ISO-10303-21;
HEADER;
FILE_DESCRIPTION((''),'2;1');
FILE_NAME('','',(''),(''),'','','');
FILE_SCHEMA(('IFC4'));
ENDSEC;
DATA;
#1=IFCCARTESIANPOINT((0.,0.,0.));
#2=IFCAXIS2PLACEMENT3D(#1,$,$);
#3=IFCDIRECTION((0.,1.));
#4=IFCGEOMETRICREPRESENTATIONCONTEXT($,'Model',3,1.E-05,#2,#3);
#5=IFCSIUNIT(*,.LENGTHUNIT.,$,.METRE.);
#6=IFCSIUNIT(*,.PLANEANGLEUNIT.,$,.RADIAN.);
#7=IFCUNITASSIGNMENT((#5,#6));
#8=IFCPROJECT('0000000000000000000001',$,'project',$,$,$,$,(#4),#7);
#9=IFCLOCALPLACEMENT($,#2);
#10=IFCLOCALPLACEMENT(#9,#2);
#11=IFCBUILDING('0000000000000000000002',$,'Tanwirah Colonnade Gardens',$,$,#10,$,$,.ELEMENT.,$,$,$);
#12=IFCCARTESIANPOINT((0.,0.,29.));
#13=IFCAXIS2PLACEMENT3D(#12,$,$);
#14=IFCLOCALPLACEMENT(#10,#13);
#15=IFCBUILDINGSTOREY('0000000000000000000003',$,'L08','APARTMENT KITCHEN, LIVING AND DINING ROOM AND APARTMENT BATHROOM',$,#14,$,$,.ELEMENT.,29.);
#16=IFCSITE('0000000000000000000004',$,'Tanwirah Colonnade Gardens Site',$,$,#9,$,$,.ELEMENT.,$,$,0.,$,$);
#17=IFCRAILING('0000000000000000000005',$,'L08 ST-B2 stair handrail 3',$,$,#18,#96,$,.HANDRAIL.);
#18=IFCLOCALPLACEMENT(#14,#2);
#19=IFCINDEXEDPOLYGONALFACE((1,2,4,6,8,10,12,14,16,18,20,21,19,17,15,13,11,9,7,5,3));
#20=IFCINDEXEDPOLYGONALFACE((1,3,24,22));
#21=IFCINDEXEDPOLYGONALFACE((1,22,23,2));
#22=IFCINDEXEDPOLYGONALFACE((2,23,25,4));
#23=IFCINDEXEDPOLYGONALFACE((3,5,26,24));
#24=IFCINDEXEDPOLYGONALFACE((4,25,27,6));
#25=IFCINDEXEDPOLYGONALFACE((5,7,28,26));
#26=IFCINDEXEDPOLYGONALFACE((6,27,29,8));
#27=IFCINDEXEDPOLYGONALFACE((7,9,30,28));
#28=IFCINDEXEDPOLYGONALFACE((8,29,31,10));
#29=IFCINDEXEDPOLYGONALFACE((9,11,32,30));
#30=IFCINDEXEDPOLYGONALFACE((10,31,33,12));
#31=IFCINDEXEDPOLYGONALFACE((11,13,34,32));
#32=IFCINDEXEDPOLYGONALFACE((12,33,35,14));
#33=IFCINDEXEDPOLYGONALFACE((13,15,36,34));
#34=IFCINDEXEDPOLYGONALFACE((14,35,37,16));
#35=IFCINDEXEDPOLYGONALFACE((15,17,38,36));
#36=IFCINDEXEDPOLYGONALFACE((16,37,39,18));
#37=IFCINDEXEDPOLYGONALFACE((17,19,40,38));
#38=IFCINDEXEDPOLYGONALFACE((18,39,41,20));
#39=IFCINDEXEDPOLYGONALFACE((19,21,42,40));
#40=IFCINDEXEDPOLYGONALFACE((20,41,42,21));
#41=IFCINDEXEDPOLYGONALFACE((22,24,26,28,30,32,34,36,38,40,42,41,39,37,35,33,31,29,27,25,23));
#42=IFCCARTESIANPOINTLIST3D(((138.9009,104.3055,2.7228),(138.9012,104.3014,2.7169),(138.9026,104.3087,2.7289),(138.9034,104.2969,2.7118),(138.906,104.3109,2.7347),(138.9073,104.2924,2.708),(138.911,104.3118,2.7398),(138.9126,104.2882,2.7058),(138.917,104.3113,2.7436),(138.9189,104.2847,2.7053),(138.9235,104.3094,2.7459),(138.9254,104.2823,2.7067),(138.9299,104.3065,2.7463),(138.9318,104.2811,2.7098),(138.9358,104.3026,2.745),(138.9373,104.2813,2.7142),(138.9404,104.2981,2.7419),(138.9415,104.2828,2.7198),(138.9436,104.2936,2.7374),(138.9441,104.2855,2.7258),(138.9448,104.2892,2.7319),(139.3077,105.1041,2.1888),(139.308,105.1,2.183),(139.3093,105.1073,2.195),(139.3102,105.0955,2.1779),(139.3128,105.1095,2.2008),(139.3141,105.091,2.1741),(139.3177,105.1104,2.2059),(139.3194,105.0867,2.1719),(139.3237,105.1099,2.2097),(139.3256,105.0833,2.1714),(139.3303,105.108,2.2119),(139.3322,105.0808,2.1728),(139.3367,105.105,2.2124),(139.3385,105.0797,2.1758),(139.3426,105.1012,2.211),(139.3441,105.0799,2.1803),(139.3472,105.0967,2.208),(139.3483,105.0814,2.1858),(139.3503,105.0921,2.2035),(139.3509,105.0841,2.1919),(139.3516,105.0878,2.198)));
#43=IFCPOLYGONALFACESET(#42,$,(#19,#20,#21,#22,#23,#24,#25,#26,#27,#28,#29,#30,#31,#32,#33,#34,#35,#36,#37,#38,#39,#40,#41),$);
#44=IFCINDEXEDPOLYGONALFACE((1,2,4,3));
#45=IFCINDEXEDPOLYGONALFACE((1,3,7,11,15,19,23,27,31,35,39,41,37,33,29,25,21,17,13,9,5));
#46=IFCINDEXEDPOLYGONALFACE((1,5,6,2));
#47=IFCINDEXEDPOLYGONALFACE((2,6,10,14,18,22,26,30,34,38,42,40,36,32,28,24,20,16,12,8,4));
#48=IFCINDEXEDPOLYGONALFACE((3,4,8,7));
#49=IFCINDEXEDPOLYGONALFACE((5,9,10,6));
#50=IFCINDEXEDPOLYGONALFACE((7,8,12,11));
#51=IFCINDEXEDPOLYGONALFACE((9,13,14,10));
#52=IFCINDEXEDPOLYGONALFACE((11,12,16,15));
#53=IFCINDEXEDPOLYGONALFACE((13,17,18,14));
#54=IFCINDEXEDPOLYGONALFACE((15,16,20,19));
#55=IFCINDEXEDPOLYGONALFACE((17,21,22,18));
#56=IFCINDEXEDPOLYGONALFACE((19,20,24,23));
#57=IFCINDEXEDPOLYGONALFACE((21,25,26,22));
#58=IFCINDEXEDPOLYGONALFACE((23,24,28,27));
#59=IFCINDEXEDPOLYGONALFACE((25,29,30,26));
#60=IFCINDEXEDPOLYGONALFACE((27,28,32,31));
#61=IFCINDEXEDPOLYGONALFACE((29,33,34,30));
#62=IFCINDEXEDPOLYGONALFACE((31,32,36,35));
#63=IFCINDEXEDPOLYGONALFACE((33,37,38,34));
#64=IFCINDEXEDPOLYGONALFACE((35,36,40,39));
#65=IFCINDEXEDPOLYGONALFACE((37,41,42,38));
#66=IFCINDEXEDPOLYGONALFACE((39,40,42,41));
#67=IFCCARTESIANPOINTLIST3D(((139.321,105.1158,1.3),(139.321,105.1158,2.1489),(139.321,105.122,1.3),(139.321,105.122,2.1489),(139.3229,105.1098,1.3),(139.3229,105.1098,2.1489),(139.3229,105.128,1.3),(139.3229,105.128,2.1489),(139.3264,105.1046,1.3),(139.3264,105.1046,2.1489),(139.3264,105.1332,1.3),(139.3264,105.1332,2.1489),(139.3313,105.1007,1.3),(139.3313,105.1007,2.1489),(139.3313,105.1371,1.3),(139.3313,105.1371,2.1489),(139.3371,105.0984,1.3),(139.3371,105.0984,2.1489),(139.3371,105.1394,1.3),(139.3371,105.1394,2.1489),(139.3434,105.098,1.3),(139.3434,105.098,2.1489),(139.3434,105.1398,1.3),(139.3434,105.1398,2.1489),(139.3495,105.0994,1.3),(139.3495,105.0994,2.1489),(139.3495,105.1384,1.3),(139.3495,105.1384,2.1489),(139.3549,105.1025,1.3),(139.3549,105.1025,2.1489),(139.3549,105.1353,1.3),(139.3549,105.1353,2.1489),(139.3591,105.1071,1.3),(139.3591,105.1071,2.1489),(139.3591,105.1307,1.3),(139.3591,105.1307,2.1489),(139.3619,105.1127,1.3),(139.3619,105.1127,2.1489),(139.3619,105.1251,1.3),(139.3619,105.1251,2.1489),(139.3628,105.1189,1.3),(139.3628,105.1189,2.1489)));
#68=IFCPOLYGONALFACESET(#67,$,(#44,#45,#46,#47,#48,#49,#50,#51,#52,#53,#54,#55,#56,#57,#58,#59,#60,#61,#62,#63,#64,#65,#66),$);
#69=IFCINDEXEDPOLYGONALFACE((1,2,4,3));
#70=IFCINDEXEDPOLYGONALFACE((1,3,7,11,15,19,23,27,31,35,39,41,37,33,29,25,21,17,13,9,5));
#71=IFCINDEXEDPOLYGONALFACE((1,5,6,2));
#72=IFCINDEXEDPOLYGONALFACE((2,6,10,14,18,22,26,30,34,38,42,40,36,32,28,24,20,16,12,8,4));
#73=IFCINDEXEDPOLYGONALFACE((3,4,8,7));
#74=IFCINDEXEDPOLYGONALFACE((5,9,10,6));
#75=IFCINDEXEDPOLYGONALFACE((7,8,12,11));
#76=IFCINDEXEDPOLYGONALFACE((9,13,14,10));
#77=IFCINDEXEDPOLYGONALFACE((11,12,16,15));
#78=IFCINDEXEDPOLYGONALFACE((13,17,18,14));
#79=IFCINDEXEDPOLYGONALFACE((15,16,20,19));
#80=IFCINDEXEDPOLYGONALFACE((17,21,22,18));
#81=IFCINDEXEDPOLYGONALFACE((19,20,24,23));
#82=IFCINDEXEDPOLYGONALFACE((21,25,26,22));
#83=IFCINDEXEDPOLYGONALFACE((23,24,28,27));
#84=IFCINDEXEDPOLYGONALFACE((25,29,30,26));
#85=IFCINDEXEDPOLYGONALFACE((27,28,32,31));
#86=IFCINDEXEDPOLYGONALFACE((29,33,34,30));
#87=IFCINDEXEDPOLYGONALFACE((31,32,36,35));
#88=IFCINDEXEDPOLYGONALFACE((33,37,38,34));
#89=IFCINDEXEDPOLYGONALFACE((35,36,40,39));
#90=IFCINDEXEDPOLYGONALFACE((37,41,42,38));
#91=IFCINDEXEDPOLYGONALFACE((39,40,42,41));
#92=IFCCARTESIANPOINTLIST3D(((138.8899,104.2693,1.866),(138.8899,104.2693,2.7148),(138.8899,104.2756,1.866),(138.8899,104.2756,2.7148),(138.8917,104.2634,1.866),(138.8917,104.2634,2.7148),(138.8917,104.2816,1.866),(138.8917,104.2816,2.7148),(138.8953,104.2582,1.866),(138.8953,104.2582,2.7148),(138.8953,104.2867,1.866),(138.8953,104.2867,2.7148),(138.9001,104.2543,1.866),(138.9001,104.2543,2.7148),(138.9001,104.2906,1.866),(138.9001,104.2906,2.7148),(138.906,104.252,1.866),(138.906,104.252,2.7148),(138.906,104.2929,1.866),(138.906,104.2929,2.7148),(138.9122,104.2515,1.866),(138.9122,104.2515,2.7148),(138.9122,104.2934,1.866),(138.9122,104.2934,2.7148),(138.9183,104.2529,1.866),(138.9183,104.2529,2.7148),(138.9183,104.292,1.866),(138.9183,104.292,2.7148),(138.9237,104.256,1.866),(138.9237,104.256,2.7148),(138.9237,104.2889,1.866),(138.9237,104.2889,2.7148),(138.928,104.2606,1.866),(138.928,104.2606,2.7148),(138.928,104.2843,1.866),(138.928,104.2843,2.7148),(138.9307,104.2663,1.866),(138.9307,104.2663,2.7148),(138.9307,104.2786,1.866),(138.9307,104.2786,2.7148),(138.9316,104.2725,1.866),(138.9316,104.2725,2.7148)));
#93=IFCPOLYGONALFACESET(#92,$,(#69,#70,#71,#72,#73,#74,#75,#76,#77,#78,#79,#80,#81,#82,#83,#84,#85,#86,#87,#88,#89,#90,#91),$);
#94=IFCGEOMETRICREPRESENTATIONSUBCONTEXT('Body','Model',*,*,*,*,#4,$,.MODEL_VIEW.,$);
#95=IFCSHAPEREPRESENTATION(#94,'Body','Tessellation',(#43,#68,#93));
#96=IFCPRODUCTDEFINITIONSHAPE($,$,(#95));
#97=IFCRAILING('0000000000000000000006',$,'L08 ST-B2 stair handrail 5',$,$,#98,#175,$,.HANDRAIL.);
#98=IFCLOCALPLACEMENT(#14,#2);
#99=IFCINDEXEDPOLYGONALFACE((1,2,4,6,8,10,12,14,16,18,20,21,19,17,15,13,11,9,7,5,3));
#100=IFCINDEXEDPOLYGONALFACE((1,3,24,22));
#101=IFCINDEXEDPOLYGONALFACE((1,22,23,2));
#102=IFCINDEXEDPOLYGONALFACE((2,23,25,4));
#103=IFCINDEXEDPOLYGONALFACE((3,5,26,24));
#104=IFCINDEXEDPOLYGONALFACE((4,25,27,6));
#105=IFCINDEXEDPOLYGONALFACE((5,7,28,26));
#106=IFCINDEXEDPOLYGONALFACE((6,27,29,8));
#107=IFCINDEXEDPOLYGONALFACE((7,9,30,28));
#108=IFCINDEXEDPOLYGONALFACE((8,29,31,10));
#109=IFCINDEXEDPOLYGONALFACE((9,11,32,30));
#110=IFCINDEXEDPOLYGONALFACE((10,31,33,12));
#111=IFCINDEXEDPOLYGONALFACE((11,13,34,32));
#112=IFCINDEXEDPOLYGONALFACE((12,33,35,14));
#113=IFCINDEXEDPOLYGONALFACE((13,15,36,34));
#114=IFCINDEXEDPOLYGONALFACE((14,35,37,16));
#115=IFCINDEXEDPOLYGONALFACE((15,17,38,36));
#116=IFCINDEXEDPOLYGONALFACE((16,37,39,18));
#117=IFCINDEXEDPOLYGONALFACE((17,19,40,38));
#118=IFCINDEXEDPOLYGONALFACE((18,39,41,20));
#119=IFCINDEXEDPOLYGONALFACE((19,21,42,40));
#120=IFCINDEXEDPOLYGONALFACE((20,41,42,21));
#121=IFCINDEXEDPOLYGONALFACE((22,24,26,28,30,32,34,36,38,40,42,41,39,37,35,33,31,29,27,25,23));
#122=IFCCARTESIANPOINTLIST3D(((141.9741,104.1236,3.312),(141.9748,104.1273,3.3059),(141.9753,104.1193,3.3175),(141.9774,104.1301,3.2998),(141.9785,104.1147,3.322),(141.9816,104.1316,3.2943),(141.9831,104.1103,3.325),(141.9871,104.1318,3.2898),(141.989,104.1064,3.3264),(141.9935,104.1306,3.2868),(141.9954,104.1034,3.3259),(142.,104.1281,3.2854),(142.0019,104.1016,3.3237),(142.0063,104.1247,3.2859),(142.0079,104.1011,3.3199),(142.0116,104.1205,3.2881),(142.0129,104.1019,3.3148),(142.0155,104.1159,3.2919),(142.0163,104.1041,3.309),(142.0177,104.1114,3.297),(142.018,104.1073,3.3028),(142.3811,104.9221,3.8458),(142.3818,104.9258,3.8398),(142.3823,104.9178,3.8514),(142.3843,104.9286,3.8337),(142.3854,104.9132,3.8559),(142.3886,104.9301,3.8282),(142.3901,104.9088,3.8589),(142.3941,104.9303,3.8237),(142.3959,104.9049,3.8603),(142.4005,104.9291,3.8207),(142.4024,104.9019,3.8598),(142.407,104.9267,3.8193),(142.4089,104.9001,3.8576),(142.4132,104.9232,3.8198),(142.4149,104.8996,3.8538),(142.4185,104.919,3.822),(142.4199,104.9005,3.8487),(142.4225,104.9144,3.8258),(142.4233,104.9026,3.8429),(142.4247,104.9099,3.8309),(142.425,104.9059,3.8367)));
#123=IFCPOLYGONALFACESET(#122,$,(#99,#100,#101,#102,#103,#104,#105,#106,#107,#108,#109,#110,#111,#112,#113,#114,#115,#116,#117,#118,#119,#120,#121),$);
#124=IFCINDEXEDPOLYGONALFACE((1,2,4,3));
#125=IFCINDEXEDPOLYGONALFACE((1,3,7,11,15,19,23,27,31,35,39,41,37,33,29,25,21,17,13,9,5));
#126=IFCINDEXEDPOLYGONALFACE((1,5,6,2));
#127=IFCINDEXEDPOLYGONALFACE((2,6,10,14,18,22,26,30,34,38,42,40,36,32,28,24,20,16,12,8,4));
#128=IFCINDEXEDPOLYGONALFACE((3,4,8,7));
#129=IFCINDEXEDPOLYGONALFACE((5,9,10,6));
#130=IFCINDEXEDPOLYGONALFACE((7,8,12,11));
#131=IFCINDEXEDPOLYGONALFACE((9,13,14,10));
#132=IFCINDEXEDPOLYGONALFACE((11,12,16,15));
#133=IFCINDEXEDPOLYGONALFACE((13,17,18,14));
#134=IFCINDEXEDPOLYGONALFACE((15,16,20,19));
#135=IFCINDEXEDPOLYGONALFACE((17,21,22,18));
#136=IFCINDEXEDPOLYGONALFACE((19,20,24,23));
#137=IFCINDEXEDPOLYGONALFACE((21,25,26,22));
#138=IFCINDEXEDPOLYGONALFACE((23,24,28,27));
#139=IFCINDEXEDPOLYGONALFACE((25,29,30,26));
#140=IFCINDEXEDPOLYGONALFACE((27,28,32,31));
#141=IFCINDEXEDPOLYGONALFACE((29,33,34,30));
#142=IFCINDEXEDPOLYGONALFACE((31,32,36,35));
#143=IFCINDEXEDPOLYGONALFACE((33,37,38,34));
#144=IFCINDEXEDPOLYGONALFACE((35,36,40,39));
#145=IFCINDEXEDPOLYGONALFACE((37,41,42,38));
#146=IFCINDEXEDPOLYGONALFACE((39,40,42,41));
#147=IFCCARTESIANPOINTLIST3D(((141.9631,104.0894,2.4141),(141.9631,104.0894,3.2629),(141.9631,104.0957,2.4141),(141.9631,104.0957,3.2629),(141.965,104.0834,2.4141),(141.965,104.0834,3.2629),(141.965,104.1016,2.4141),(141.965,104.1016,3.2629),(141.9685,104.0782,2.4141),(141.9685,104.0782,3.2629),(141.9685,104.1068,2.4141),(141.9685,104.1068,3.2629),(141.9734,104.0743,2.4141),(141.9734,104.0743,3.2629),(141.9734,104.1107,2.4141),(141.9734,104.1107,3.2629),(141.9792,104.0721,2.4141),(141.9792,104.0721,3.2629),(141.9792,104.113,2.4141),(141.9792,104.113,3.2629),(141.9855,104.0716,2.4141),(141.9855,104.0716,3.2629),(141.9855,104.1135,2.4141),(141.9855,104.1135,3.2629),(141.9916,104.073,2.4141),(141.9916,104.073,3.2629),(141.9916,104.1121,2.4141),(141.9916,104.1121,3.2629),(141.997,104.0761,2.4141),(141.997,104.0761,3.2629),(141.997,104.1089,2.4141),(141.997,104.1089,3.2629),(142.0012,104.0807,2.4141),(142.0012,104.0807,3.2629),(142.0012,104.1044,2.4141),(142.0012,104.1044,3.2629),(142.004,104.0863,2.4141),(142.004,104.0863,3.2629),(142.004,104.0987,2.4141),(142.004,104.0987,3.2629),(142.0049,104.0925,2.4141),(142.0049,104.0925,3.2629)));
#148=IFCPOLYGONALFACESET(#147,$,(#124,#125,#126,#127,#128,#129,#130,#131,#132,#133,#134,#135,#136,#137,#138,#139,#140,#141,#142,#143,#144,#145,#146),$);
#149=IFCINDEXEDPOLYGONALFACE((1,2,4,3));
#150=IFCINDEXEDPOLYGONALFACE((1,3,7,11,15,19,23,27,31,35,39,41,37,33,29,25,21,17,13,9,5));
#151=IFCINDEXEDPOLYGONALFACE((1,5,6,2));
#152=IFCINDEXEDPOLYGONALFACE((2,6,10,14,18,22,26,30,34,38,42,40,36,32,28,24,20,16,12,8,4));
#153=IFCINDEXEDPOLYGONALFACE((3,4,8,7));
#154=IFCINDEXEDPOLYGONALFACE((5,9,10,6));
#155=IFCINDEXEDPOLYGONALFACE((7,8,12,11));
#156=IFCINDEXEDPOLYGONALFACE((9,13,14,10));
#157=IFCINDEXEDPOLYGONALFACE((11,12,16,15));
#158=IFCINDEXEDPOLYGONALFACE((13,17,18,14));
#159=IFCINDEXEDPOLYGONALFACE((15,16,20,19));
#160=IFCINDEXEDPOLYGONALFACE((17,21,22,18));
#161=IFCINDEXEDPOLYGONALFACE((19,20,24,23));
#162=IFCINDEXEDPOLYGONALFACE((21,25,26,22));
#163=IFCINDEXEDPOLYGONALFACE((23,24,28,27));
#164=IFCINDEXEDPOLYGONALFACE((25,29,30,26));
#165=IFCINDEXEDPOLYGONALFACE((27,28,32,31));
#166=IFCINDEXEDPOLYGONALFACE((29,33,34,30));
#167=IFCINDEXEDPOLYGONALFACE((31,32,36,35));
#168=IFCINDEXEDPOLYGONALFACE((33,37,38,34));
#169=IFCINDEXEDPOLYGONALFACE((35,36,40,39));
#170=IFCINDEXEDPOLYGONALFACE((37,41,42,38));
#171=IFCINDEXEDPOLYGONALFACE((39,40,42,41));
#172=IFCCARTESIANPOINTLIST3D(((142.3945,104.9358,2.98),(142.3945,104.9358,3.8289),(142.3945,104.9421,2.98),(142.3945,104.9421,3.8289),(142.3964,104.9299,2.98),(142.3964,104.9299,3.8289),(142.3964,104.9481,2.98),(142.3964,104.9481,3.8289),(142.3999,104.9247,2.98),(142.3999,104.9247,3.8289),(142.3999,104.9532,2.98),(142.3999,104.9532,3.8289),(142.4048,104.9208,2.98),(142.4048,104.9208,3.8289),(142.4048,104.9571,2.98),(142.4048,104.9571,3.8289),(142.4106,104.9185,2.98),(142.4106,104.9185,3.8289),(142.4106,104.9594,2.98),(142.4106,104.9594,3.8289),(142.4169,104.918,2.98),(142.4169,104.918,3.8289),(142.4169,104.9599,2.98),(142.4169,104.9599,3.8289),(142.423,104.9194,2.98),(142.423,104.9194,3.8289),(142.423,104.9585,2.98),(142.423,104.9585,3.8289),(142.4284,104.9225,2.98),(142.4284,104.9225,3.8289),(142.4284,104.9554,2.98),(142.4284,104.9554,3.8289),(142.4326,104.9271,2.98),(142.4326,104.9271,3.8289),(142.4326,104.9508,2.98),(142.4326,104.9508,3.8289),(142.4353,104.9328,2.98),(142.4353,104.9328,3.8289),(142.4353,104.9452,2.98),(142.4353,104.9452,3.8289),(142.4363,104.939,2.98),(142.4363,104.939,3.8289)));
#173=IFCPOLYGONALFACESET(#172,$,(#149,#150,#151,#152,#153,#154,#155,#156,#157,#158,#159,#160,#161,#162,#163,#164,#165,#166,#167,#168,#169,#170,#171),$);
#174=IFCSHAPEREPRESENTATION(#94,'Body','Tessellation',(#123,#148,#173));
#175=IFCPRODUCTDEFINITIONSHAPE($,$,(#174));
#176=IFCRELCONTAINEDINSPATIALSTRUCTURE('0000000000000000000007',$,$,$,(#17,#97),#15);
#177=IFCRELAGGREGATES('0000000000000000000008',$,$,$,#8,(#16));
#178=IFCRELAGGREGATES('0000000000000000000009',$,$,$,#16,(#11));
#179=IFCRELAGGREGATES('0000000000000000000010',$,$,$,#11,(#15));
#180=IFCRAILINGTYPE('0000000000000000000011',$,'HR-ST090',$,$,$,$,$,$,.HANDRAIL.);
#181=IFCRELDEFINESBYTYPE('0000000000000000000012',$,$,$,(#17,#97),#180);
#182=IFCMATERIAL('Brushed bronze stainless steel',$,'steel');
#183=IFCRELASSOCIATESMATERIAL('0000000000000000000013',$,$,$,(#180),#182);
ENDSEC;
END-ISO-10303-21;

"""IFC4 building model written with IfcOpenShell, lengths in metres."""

from ifc_helpers import new_model, si_unit, direction, frame, origin, origin_2d, place, context, subcontext, project, spatial, circle, extrude, material, type_object, element, save


model = new_model("IFC4")

# Units and contexts
model_context = context("Model", 3, precision=1e-05, world=origin(), true_north=direction((0.0, 1.0)))
body_context = subcontext(model_context, "Body", "Model", "MODEL_VIEW")
ifc_project = project(units=[si_unit("LENGTHUNIT", "METRE"), si_unit("PLANEANGLEUNIT", "RADIAN")], contexts=[model_context])

# Site, building, storey
site_placement = place(None, origin())
site = spatial("IfcSite", under=ifc_project, at=site_placement, Name="Tanwirah Colonnade Gardens Site", CompositionType="ELEMENT", RefElevation=0.0)
building_placement = place(site_placement, origin())
building = spatial("IfcBuilding", under=site, at=building_placement, Name="Tanwirah Colonnade Gardens", CompositionType="ELEMENT")
storey_placement = place(building_placement, frame((0.0, 0.0, 29.0)))
storey = spatial("IfcBuildingStorey", under=building, at=storey_placement, Name="L08", Description="APARTMENT KITCHEN, LIVING AND DINING ROOM AND APARTMENT BATHROOM", CompositionType="ELEMENT", Elevation=29.0)

# Railings
ifc_material_1 = material(Name="Brushed bronze stainless steel", Category="steel")
railing_type_1 = type_object("IfcRailingType", Name="HR-ST090", PredefinedType="HANDRAIL", material=ifc_material_1)
railing_1_placement = place(storey_placement, frame((139.3418, 105.1189, 1.3)))
element("IfcRailing", 1, at=railing_1_placement, inside=storey, type_object=railing_type_1, Name="L08 ST-B2 stair handrail 3", PredefinedType="HANDRAIL", context=body_context, shape_type="SweptSolid", body=[
    extrude(circle(Radius=0.0239, at=origin_2d()), frame((-0.0122, -0.0239, 0.8918), z_axis=(-0.38993, -0.765509, 0.511811), x_axis=(0.891061, -0.453883, 0.0)), (0.0, 0.0, 1.0), 1.0432),
    extrude(circle(Radius=0.021, at=origin_2d()), origin(), (0.0, 0.0, 1.0), 0.8489),
    extrude(circle(Radius=0.021, at=origin_2d()), frame((-0.4312, -0.8464, 0.5659)), (0.0, 0.0, 1.0), 0.8489),
])
railing_2_placement = place(storey_placement, frame((141.9839, 104.0925, 2.4141)))
element("IfcRailing", 2, at=railing_2_placement, inside=storey, type_object=railing_type_1, Name="L08 ST-B2 stair handrail 5", PredefinedType="HANDRAIL", context=body_context, shape_type="SweptSolid", body=[
    extrude(circle(Radius=0.0239, at=origin_2d()), frame((0.0122, 0.0239, 0.8918), z_axis=(0.390118, 0.765443, 0.511767), x_axis=(-0.890957, 0.454087, 0.0)), (0.0, 0.0, 1.0), 1.0432),
    extrude(circle(Radius=0.021, at=origin_2d()), origin(), (0.0, 0.0, 1.0), 0.8489),
    extrude(circle(Radius=0.021, at=origin_2d()), frame((0.4314, 0.8464, 0.5659)), (0.0, 0.0, 1.0), 0.8489),
])

save(model, "model.ifc")
